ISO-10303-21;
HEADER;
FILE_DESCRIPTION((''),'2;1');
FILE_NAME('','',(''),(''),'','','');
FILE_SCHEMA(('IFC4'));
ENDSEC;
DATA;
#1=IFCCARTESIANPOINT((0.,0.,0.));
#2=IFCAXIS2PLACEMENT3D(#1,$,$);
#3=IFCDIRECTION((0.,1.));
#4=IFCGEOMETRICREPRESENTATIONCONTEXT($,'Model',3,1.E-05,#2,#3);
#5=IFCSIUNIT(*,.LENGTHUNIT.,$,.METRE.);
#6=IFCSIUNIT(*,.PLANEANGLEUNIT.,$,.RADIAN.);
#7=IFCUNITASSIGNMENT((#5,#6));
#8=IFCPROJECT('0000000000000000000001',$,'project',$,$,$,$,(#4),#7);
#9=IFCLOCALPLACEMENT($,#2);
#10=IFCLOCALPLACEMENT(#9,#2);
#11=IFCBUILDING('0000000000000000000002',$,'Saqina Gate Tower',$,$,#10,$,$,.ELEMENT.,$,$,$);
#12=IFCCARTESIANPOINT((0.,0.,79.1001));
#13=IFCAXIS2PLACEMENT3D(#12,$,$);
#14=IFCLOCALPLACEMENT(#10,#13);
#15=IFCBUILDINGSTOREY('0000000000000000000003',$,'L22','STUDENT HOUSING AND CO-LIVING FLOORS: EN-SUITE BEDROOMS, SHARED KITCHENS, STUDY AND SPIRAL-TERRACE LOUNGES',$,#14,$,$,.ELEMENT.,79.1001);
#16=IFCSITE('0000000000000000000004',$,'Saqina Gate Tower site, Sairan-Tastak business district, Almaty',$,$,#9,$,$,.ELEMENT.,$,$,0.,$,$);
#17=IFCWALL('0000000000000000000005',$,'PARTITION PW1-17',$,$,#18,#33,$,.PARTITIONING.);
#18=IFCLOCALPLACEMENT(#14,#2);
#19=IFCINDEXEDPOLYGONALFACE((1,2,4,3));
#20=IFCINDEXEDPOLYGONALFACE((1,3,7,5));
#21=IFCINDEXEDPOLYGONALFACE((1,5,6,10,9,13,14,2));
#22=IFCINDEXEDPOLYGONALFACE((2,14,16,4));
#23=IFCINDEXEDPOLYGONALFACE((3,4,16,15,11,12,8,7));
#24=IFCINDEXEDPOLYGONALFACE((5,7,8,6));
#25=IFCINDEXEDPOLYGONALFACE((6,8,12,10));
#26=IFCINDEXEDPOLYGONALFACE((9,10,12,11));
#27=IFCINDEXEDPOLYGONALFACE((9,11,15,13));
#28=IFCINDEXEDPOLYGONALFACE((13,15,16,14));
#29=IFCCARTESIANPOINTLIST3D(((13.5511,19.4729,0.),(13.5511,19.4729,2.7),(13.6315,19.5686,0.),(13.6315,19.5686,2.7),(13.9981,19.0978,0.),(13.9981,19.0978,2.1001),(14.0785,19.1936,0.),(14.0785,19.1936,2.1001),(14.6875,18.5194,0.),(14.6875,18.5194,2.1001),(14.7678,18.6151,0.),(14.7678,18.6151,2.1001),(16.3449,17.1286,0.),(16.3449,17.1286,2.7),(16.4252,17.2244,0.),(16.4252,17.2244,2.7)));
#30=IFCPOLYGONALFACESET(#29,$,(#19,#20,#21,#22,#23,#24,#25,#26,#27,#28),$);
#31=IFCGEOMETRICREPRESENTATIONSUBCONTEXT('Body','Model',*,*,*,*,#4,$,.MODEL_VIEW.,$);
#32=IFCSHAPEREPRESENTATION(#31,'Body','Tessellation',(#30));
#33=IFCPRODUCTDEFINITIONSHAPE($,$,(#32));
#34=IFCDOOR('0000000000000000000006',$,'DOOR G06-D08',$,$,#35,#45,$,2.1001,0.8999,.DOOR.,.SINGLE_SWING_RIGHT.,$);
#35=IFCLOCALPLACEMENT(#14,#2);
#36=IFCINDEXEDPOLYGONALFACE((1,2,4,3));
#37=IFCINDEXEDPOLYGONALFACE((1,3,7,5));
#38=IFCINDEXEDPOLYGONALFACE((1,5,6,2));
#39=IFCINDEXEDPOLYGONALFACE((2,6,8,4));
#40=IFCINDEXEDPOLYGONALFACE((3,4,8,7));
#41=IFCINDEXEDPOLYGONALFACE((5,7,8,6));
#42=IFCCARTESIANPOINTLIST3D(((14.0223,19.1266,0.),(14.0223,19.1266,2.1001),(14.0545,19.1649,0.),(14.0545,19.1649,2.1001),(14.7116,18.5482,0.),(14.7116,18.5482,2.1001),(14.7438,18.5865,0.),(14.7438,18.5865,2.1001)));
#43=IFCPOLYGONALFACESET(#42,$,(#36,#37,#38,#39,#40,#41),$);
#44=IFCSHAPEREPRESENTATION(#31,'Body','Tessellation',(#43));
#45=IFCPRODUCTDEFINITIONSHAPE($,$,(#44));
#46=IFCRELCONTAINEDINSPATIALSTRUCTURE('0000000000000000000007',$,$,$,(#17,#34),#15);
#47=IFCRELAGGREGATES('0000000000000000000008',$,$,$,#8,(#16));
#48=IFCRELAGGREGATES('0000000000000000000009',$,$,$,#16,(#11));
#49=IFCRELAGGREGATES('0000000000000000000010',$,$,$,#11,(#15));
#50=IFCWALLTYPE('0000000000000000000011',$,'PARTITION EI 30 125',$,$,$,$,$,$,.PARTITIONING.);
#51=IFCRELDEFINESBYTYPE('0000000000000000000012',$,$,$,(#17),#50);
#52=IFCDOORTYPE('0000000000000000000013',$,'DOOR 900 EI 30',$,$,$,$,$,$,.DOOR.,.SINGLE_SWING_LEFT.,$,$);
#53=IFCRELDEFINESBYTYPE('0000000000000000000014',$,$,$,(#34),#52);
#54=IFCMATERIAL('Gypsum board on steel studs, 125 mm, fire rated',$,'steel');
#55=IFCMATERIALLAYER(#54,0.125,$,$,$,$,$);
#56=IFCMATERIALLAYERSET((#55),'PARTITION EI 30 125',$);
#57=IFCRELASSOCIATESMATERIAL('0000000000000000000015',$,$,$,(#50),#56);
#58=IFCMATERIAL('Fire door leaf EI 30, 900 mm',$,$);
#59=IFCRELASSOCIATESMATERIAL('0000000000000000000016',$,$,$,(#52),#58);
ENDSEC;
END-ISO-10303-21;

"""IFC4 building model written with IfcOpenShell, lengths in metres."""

from ifc_helpers import new_model, si_unit, direction, frame, frame_2d, origin, place, context, subcontext, project, spatial, rectangle, extrude, material, layer, layer_set, type_object, element, fill, save


model = new_model("IFC4")

# Units and contexts
model_context = context("Model", 3, precision=1e-05, world=origin(), true_north=direction((0.0, 1.0)))
body_context = subcontext(model_context, "Body", "Model", "MODEL_VIEW")
ifc_project = project(units=[si_unit("LENGTHUNIT", "METRE"), si_unit("PLANEANGLEUNIT", "RADIAN")], contexts=[model_context])

# Site, building, storey
site_placement = place(None, origin())
site = spatial("IfcSite", under=ifc_project, at=site_placement, Name="Saqina Gate Tower site, Sairan-Tastak business district, Almaty", CompositionType="ELEMENT", RefElevation=0.0)
building_placement = place(site_placement, origin())
building = spatial("IfcBuilding", under=site, at=building_placement, Name="Saqina Gate Tower", CompositionType="ELEMENT")
storey_placement = place(building_placement, frame((0.0, 0.0, 79.1001)))
storey = spatial("IfcBuildingStorey", under=building, at=storey_placement, Name="L22", Description="STUDENT HOUSING AND CO-LIVING FLOORS: EN-SUITE BEDROOMS, SHARED KITCHENS, STUDY AND SPIRAL-TERRACE LOUNGES", CompositionType="ELEMENT", Elevation=79.1001)

# Wall, opening, door
ifc_material_1 = material(Name="Gypsum board on steel studs, 125 mm, fire rated", Category="steel")
ifc_layer_1 = layer(ifc_material_1, 0.125)
ifc_layer_set_1 = layer_set([ifc_layer_1], Name="PARTITION EI 30 125")
wall_type_1 = type_object("IfcWallType", Name="PARTITION EI 30 125", PredefinedType="PARTITIONING", material=ifc_layer_set_1)
wall_1_placement = place(storey_placement, frame((13.5913, 19.5208, 0.0), z_axis=(0.0, 0.0, 1.0), x_axis=(0.766038, -0.642795, 0.0)))
wall_1 = element("IfcWall", 1, at=wall_1_placement, inside=storey, type_object=wall_type_1, Name="PARTITION PW1-17", PredefinedType="PARTITIONING", context=body_context, shape_type="SweptSolid", body=[
    extrude(rectangle(XDim=3.647, YDim=0.125, at=frame_2d((1.8235, 0.0))), origin(), (0.0, 0.0, 1.0), 2.7),
])
opening_1_placement = place(wall_1_placement, frame((0.5835, 0.0, 0.0)))
opening_1 = element("IfcOpeningElement", 2, at=opening_1_placement, cuts=wall_1, PredefinedType="OPENING", context=body_context, shape_type="SweptSolid", body=[
    extrude(rectangle(XDim=0.8999, YDim=2.1001, at=frame_2d((0.45, 1.05))), frame((0.0, 0.0745, 0.0), z_axis=(0.0, -1.0, 0.0), x_axis=(1.0, 0.0, 0.0)), (0.0, 0.0, 1.0), 0.1489),
])
ifc_material_2 = material(Name="Fire door leaf EI 30, 900 mm")
door_type_1 = type_object("IfcDoorType", Name="DOOR 900 EI 30", OperationType="SINGLE_SWING_LEFT", PredefinedType="DOOR", material=ifc_material_2)
door_1_placement = place(opening_1_placement, frame((0.8999, 0.0, 0.0), z_axis=(0.0, 0.0, 1.0), x_axis=(-1.0, 0.0, 0.0)))
door_1 = element("IfcDoor", 3, at=door_1_placement, inside=storey, type_object=door_type_1, Name="DOOR G06-D08", OperationType="SINGLE_SWING_RIGHT", OverallHeight=2.1001, OverallWidth=0.8999, PredefinedType="DOOR", context=body_context, shape_type="SweptSolid", body=[
    extrude(rectangle(XDim=0.8999, YDim=2.1001, at=frame_2d((0.45, 1.05))), frame((0.0, 0.0249, 0.0), z_axis=(0.0, -1.0, 0.0), x_axis=(1.0, 0.0, 0.0)), (0.0, 0.0, 1.0), 0.05),
])
fill(opening_1, door_1)

save(model, "model.ifc")
